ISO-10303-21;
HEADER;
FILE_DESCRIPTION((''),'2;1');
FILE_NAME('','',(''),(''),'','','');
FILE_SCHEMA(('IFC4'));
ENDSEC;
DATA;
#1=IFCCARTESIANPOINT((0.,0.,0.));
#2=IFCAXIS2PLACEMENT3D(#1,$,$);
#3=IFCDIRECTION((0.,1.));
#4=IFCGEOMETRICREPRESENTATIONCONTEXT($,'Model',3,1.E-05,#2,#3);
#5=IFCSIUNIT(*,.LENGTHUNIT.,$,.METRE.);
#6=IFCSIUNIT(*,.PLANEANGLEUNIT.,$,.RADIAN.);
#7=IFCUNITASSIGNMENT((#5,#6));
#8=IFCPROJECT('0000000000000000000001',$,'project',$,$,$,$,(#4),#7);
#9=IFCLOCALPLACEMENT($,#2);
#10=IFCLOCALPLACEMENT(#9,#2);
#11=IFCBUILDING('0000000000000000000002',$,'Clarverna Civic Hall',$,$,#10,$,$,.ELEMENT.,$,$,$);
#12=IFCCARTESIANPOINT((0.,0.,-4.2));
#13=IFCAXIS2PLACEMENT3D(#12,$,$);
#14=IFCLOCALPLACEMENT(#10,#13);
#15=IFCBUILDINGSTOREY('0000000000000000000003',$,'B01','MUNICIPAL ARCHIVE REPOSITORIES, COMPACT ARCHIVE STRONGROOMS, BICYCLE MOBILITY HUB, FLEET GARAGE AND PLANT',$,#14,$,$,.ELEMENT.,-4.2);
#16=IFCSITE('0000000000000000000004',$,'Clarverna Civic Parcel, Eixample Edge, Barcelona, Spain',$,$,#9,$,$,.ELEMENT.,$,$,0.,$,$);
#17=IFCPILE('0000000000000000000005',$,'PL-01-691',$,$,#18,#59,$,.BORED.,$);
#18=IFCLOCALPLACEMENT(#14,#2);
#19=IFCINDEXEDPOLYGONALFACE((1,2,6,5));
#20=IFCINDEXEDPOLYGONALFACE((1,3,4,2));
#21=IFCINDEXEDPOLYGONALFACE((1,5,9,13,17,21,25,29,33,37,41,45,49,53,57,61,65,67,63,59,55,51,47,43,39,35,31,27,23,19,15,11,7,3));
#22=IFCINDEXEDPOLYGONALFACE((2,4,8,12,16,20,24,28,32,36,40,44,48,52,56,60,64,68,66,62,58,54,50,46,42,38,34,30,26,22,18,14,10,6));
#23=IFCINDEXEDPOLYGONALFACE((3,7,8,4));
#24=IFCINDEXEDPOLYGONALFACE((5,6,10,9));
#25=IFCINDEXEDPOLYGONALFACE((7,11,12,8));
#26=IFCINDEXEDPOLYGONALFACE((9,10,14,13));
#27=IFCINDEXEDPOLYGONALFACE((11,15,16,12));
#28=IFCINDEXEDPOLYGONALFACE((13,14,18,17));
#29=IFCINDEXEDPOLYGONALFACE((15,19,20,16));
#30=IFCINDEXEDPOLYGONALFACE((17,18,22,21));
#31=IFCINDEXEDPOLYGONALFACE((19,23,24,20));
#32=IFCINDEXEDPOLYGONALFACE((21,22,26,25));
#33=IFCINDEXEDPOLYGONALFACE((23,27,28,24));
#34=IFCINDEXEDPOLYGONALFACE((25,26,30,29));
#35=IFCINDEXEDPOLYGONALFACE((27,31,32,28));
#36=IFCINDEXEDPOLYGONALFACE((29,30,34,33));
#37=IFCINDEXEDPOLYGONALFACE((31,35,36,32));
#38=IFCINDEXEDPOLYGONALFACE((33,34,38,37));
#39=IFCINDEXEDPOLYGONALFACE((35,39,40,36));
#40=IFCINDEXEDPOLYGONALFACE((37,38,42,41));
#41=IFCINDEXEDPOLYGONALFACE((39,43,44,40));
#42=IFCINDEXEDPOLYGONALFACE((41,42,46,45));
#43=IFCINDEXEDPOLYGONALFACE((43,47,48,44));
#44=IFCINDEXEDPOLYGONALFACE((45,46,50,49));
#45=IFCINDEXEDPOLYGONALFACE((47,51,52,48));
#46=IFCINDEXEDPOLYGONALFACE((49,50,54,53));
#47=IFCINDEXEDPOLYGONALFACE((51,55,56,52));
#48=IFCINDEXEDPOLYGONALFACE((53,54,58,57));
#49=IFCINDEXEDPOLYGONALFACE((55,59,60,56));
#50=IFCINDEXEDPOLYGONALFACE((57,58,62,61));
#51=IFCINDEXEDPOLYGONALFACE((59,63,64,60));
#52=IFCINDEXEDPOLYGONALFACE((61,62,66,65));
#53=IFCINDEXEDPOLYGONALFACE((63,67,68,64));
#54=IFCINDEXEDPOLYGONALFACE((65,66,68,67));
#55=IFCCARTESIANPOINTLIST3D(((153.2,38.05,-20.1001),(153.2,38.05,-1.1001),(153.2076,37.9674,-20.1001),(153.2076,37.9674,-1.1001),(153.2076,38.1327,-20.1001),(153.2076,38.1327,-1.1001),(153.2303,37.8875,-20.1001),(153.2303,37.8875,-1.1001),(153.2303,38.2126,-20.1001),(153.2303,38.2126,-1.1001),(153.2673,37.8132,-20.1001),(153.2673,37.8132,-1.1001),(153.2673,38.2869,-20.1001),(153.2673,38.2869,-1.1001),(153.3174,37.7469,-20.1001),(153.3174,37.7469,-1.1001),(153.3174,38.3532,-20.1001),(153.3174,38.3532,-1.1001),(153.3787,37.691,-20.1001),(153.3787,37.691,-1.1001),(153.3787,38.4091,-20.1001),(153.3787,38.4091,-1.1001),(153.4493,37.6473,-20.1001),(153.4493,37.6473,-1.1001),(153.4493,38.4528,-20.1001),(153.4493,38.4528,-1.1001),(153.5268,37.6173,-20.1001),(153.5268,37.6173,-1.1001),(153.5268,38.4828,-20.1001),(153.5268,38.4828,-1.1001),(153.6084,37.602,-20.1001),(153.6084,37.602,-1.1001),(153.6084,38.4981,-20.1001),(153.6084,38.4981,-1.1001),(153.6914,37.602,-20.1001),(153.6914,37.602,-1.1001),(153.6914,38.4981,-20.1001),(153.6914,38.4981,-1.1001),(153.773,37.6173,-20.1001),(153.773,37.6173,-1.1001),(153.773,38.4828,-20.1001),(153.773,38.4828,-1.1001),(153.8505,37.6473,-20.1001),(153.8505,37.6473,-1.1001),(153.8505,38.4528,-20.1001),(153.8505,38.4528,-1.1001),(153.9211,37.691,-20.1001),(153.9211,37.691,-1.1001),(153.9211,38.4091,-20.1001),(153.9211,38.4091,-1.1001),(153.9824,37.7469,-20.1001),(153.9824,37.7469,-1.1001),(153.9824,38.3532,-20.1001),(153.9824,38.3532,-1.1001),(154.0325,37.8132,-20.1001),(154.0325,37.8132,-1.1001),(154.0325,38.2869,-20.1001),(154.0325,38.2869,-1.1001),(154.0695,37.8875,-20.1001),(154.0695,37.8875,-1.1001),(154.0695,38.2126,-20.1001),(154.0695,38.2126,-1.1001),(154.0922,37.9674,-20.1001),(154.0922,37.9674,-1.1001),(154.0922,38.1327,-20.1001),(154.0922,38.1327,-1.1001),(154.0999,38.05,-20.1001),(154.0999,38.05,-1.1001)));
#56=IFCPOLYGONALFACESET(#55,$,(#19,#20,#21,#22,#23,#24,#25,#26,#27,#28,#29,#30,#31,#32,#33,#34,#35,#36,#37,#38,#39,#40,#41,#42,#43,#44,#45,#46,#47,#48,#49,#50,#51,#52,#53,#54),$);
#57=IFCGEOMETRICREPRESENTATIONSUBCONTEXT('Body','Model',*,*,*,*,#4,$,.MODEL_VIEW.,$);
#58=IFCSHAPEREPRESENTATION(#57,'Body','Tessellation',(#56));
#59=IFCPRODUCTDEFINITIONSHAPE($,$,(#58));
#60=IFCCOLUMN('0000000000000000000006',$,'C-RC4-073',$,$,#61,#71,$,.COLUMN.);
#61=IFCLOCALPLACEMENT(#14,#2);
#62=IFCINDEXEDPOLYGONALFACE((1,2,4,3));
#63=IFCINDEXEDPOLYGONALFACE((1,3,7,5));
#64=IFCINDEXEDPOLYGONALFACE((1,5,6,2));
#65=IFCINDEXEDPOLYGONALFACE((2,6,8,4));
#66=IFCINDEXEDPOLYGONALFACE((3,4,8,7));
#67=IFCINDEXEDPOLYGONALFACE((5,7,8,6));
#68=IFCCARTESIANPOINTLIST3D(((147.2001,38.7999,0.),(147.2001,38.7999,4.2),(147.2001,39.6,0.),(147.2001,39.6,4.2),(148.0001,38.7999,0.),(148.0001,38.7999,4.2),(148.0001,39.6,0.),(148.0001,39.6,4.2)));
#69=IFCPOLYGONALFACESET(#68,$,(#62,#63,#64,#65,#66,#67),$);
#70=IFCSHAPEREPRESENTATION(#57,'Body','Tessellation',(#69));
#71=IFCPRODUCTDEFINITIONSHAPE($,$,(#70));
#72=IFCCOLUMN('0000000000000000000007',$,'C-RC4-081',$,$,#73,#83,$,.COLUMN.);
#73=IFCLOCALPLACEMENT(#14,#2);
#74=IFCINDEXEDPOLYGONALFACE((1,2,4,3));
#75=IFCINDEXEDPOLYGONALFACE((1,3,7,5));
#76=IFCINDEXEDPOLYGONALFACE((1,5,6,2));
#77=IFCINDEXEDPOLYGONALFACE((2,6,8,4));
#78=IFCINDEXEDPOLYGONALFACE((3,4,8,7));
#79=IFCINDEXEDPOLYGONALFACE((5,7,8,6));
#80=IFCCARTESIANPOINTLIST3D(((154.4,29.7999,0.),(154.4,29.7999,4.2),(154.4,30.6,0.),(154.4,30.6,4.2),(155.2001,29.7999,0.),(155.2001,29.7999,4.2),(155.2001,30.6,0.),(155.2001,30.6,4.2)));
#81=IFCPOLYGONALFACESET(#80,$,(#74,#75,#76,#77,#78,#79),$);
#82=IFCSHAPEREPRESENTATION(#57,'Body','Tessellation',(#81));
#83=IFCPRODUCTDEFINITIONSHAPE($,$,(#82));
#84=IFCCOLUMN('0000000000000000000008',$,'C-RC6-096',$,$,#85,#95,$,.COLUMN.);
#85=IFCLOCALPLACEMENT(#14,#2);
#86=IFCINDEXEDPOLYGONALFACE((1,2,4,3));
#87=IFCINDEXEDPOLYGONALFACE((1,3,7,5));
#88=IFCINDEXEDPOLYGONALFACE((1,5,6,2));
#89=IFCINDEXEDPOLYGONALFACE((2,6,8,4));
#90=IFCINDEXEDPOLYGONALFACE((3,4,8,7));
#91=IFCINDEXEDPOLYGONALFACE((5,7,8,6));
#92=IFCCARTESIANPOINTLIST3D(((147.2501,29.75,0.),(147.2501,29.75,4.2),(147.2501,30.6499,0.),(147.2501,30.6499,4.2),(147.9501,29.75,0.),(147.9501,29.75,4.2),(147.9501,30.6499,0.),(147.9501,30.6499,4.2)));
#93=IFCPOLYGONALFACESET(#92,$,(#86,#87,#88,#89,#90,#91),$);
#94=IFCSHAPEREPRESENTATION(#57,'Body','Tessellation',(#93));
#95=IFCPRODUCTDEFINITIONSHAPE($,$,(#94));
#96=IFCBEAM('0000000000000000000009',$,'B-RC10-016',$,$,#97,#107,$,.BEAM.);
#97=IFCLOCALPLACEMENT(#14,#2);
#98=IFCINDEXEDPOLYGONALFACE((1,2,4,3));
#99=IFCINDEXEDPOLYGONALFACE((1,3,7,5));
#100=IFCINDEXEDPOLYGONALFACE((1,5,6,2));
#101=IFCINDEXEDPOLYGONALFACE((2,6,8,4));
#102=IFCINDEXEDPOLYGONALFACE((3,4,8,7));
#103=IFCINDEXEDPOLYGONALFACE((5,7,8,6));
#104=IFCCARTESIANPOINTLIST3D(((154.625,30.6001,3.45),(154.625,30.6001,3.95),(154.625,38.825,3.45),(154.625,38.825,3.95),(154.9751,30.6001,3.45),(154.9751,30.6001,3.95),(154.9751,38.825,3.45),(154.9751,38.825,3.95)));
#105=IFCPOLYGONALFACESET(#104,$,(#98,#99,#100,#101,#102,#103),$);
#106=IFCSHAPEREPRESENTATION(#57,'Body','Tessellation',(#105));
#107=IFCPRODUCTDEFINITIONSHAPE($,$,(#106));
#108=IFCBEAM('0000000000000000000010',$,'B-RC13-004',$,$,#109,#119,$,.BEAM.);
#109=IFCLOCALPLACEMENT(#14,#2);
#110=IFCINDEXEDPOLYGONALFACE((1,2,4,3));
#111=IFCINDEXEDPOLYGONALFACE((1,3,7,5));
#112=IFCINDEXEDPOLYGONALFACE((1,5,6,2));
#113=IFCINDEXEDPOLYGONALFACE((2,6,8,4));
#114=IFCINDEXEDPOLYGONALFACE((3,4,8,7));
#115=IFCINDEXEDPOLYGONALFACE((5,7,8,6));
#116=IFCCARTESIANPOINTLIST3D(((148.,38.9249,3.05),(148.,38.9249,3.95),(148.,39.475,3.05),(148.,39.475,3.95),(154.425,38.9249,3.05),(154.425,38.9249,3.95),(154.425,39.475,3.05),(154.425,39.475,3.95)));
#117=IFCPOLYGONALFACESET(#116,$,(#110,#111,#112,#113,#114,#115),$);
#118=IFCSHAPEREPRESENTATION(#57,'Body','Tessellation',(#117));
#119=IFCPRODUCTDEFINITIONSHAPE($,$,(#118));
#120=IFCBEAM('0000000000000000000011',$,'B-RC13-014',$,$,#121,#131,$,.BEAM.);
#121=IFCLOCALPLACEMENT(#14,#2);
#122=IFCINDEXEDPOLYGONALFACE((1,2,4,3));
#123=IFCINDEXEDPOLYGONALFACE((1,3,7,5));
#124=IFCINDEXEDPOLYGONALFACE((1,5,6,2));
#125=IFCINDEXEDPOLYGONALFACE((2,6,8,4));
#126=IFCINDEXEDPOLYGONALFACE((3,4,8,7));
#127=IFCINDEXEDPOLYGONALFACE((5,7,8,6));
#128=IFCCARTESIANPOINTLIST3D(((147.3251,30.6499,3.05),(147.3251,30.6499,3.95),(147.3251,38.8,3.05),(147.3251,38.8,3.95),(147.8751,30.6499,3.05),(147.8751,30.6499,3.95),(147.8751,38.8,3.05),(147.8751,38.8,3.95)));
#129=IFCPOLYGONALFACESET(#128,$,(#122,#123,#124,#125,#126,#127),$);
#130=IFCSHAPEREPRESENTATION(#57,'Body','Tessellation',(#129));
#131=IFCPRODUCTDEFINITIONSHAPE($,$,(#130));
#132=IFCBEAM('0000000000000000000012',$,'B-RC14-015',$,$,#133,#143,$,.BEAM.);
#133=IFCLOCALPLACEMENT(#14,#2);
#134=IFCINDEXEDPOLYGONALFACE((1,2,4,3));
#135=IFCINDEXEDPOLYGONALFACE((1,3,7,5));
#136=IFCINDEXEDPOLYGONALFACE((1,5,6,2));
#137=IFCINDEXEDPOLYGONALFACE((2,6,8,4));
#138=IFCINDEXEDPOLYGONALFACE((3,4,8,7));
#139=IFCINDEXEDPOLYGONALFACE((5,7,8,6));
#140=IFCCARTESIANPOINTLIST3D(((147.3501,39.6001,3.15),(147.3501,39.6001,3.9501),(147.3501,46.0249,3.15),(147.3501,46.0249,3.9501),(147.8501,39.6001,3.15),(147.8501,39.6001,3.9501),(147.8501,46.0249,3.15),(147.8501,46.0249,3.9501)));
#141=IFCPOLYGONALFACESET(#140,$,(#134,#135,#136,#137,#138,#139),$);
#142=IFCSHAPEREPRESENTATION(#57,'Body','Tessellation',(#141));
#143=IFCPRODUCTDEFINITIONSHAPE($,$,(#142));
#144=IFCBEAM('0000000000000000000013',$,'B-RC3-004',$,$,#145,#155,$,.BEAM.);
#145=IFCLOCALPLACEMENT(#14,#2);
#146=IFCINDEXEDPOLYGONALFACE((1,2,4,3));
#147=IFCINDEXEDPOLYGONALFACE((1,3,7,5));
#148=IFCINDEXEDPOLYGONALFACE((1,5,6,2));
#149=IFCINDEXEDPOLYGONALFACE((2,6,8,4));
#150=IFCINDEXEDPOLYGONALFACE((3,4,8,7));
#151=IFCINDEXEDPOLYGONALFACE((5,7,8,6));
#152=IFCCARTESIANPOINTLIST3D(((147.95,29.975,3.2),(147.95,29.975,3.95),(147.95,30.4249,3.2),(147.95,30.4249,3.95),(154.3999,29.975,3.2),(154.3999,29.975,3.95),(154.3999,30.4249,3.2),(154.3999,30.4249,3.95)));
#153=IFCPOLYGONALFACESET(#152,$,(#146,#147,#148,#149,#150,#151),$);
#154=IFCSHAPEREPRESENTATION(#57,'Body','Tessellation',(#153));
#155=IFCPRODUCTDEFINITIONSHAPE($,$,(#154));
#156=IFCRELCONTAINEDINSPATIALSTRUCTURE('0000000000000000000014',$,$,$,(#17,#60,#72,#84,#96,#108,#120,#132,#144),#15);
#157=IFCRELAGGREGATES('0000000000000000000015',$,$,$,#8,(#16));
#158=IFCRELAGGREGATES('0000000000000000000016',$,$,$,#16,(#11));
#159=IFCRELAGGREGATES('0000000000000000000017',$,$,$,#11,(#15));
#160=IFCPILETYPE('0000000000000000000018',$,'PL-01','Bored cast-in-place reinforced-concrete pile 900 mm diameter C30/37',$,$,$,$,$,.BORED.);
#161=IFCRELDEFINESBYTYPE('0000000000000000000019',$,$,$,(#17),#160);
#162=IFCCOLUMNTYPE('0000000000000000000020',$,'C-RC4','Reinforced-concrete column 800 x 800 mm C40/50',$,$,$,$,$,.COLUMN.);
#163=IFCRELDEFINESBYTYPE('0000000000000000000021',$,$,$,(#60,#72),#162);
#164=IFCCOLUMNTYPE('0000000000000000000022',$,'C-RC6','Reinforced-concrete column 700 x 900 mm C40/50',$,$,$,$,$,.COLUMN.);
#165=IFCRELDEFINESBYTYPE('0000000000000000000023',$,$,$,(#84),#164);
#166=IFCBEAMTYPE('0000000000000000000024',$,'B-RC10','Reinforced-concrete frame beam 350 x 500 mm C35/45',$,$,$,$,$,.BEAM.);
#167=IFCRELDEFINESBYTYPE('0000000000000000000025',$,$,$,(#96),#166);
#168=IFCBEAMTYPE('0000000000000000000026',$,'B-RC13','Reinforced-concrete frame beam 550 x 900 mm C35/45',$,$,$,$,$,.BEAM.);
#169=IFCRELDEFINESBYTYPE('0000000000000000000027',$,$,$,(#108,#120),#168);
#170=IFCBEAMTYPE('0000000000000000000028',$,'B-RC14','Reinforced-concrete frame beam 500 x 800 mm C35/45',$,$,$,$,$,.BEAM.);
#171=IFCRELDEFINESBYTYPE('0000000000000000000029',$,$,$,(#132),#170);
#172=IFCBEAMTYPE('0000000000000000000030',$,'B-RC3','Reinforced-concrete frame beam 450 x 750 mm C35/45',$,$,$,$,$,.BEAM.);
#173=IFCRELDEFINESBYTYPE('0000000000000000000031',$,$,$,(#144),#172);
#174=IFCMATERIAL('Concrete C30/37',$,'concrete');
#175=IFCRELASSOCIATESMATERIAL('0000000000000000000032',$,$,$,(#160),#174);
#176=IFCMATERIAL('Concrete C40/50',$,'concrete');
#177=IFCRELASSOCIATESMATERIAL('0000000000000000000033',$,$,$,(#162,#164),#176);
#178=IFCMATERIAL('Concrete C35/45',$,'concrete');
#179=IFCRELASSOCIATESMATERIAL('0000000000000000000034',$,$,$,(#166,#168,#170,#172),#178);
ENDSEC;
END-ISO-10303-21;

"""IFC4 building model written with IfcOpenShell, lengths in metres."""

from ifc_helpers import new_model, si_unit, direction, frame, origin, origin_2d, place, context, subcontext, project, spatial, rectangle, circle, extrude, material, material_profile, profile_set, type_object, element, save


model = new_model("IFC4")

# Units and contexts
model_context = context("Model", 3, precision=1e-05, world=origin(), true_north=direction((0.0, 1.0)))
body_context = subcontext(model_context, "Body", "Model", "MODEL_VIEW")
ifc_project = project(units=[si_unit("LENGTHUNIT", "METRE"), si_unit("PLANEANGLEUNIT", "RADIAN")], contexts=[model_context])

# Site, building, storey
site_placement = place(None, origin())
site = spatial("IfcSite", under=ifc_project, at=site_placement, Name="Clarverna Civic Parcel, Eixample Edge, Barcelona, Spain", CompositionType="ELEMENT", RefElevation=0.0)
building_placement = place(site_placement, origin())
building = spatial("IfcBuilding", under=site, at=building_placement, Name="Clarverna Civic Hall", CompositionType="ELEMENT")
storey_placement = place(building_placement, frame((0.0, 0.0, -4.2)))
storey = spatial("IfcBuildingStorey", under=building, at=storey_placement, Name="B01", Description="MUNICIPAL ARCHIVE REPOSITORIES, COMPACT ARCHIVE STRONGROOMS, BICYCLE MOBILITY HUB, FLEET GARAGE AND PLANT", CompositionType="ELEMENT", Elevation=-4.2)

# Shared definitions
ifc_material_1 = material(Name="Concrete C30/37", Category="concrete")

# Pile
ifc_material_profile_1 = material_profile(ifc_material_1, circle(Radius=0.45, at=origin_2d()), Name="BORED PILE D900")
ifc_profile_set_1 = profile_set([ifc_material_profile_1], Name="Concrete C30/37")
pile_type = type_object("IfcPileType", Name="PL-01", Description="Bored cast-in-place reinforced-concrete pile 900 mm diameter C30/37", PredefinedType="BORED", material=ifc_profile_set_1)
for number, where, z_axis, x_axis, name in (
    (1, (153.6499, 38.05, -1.1001), (0.0, 0.0, -1.0), (1.0, 0.0, 0.0), "PL-01-691"),
):
    element("IfcPile", number, at=place(storey_placement, frame(where, z_axis=z_axis, x_axis=x_axis)), inside=storey, type_object=pile_type, Name=name, PredefinedType="BORED", context=body_context, shape_type="SweptSolid", body=[
        extrude(circle(Radius=0.45, at=origin_2d()), origin(), (0.0, 0.0, 1.0), 19.0),
    ])

# Columns
ifc_material_2 = material(Name="Concrete C40/50", Category="concrete")
ifc_material_profile_2 = material_profile(ifc_material_2, rectangle(XDim=0.8, YDim=0.8, at=origin_2d()), Name="RC 800x800")
ifc_profile_set_2 = profile_set([ifc_material_profile_2], Name="Concrete C40/50")
column_type_1 = type_object("IfcColumnType", Name="C-RC4", Description="Reinforced-concrete column 800 x 800 mm C40/50", PredefinedType="COLUMN", material=ifc_profile_set_2)
for number, where, z_axis, x_axis, name in (
    (2, (147.6001, 39.2, 0.0), (0.0, 0.0, 1.0), (1.0, 0.0, 0.0), "C-RC4-073"),
    (3, (154.8, 30.2, 0.0), (0.0, 0.0, 1.0), (1.0, 0.0, 0.0), "C-RC4-081"),
):
    element("IfcColumn", number, at=place(storey_placement, frame(where, z_axis=z_axis, x_axis=x_axis)), inside=storey, type_object=column_type_1, Name=name, PredefinedType="COLUMN", context=body_context, shape_type="SweptSolid", body=[
        extrude(rectangle(XDim=0.8, YDim=0.8, at=origin_2d()), origin(), (0.0, 0.0, 1.0), 4.2),
    ])
ifc_material_profile_3 = material_profile(ifc_material_2, rectangle(XDim=0.7, YDim=0.8999, at=origin_2d()), Name="RC 700x900")
ifc_profile_set_3 = profile_set([ifc_material_profile_3], Name="Concrete C40/50")
column_type_2 = type_object("IfcColumnType", Name="C-RC6", Description="Reinforced-concrete column 700 x 900 mm C40/50", PredefinedType="COLUMN", material=ifc_profile_set_3)
column_placement = place(storey_placement, frame((147.6001, 30.2, 0.0), z_axis=(0.0, 0.0, 1.0), x_axis=(1.0, 0.0, 0.0)))
element("IfcColumn", 4, at=column_placement, inside=storey, type_object=column_type_2, Name="C-RC6-096", PredefinedType="COLUMN", context=body_context, shape_type="SweptSolid", body=[
    extrude(rectangle(XDim=0.7, YDim=0.8999, at=origin_2d()), origin(), (0.0, 0.0, 1.0), 4.2),
])

# Beams
ifc_material_3 = material(Name="Concrete C35/45", Category="concrete")
ifc_material_profile_4 = material_profile(ifc_material_3, rectangle(XDim=0.3501, YDim=0.5, at=origin_2d()), Name="RC 350x500")
ifc_profile_set_4 = profile_set([ifc_material_profile_4], Name="Concrete C35/45")
beam_type_1 = type_object("IfcBeamType", Name="B-RC10", Description="Reinforced-concrete frame beam 350 x 500 mm C35/45", PredefinedType="BEAM", material=ifc_profile_set_4)
beam_1_placement = place(storey_placement, frame((154.8, 30.6001, 3.7), z_axis=(0.0, 1.0, 0.0), x_axis=(-1.0, 0.0, 0.0)))
element("IfcBeam", 5, at=beam_1_placement, inside=storey, type_object=beam_type_1, Name="B-RC10-016", PredefinedType="BEAM", context=body_context, shape_type="SweptSolid", body=[
    extrude(rectangle(XDim=0.3501, YDim=0.5, at=origin_2d()), origin(), (0.0, 0.0, 1.0), 8.2249),
])
ifc_material_profile_5 = material_profile(ifc_material_3, rectangle(XDim=0.55, YDim=0.8999, at=origin_2d()), Name="RC 550x900")
ifc_profile_set_5 = profile_set([ifc_material_profile_5], Name="Concrete C35/45")
beam_type_2 = type_object("IfcBeamType", Name="B-RC13", Description="Reinforced-concrete frame beam 550 x 900 mm C35/45", PredefinedType="BEAM", material=ifc_profile_set_5)
beam_2_placement = place(storey_placement, frame((148.0, 39.2, 3.5), z_axis=(1.0, 0.0, 0.0), x_axis=(0.0, 1.0, 0.0)))
element("IfcBeam", 6, at=beam_2_placement, inside=storey, type_object=beam_type_2, Name="B-RC13-004", PredefinedType="BEAM", context=body_context, shape_type="SweptSolid", body=[
    extrude(rectangle(XDim=0.55, YDim=0.8999, at=origin_2d()), origin(), (0.0, 0.0, 1.0), 6.425),
])
beam_3_placement = place(storey_placement, frame((147.6001, 30.6499, 3.5), z_axis=(0.0, 1.0, 0.0), x_axis=(-1.0, 0.0, 0.0)))
element("IfcBeam", 7, at=beam_3_placement, inside=storey, type_object=beam_type_2, Name="B-RC13-014", PredefinedType="BEAM", context=body_context, shape_type="SweptSolid", body=[
    extrude(rectangle(XDim=0.55, YDim=0.8999, at=origin_2d()), origin(), (0.0, 0.0, 1.0), 8.1501),
])
ifc_material_profile_6 = material_profile(ifc_material_3, rectangle(XDim=0.5, YDim=0.8, at=origin_2d()), Name="RC 500x800")
ifc_profile_set_6 = profile_set([ifc_material_profile_6], Name="Concrete C35/45")
beam_type_3 = type_object("IfcBeamType", Name="B-RC14", Description="Reinforced-concrete frame beam 500 x 800 mm C35/45", PredefinedType="BEAM", material=ifc_profile_set_6)
beam_4_placement = place(storey_placement, frame((147.6001, 39.6001, 3.55), z_axis=(0.0, 1.0, 0.0), x_axis=(-1.0, 0.0, 0.0)))
element("IfcBeam", 8, at=beam_4_placement, inside=storey, type_object=beam_type_3, Name="B-RC14-015", PredefinedType="BEAM", context=body_context, shape_type="SweptSolid", body=[
    extrude(rectangle(XDim=0.5, YDim=0.8, at=origin_2d()), origin(), (0.0, 0.0, 1.0), 6.4248),
])
ifc_material_profile_7 = material_profile(ifc_material_3, rectangle(XDim=0.45, YDim=0.75, at=origin_2d()), Name="RC 450x750")
ifc_profile_set_7 = profile_set([ifc_material_profile_7], Name="Concrete C35/45")
beam_type_4 = type_object("IfcBeamType", Name="B-RC3", Description="Reinforced-concrete frame beam 450 x 750 mm C35/45", PredefinedType="BEAM", material=ifc_profile_set_7)
beam_5_placement = place(storey_placement, frame((147.95, 30.2, 3.575), z_axis=(1.0, 0.0, 0.0), x_axis=(0.0, 1.0, 0.0)))
element("IfcBeam", 9, at=beam_5_placement, inside=storey, type_object=beam_type_4, Name="B-RC3-004", PredefinedType="BEAM", context=body_context, shape_type="SweptSolid", body=[
    extrude(rectangle(XDim=0.45, YDim=0.75, at=origin_2d()), origin(), (0.0, 0.0, 1.0), 6.45),
])

save(model, "model.ifc")
